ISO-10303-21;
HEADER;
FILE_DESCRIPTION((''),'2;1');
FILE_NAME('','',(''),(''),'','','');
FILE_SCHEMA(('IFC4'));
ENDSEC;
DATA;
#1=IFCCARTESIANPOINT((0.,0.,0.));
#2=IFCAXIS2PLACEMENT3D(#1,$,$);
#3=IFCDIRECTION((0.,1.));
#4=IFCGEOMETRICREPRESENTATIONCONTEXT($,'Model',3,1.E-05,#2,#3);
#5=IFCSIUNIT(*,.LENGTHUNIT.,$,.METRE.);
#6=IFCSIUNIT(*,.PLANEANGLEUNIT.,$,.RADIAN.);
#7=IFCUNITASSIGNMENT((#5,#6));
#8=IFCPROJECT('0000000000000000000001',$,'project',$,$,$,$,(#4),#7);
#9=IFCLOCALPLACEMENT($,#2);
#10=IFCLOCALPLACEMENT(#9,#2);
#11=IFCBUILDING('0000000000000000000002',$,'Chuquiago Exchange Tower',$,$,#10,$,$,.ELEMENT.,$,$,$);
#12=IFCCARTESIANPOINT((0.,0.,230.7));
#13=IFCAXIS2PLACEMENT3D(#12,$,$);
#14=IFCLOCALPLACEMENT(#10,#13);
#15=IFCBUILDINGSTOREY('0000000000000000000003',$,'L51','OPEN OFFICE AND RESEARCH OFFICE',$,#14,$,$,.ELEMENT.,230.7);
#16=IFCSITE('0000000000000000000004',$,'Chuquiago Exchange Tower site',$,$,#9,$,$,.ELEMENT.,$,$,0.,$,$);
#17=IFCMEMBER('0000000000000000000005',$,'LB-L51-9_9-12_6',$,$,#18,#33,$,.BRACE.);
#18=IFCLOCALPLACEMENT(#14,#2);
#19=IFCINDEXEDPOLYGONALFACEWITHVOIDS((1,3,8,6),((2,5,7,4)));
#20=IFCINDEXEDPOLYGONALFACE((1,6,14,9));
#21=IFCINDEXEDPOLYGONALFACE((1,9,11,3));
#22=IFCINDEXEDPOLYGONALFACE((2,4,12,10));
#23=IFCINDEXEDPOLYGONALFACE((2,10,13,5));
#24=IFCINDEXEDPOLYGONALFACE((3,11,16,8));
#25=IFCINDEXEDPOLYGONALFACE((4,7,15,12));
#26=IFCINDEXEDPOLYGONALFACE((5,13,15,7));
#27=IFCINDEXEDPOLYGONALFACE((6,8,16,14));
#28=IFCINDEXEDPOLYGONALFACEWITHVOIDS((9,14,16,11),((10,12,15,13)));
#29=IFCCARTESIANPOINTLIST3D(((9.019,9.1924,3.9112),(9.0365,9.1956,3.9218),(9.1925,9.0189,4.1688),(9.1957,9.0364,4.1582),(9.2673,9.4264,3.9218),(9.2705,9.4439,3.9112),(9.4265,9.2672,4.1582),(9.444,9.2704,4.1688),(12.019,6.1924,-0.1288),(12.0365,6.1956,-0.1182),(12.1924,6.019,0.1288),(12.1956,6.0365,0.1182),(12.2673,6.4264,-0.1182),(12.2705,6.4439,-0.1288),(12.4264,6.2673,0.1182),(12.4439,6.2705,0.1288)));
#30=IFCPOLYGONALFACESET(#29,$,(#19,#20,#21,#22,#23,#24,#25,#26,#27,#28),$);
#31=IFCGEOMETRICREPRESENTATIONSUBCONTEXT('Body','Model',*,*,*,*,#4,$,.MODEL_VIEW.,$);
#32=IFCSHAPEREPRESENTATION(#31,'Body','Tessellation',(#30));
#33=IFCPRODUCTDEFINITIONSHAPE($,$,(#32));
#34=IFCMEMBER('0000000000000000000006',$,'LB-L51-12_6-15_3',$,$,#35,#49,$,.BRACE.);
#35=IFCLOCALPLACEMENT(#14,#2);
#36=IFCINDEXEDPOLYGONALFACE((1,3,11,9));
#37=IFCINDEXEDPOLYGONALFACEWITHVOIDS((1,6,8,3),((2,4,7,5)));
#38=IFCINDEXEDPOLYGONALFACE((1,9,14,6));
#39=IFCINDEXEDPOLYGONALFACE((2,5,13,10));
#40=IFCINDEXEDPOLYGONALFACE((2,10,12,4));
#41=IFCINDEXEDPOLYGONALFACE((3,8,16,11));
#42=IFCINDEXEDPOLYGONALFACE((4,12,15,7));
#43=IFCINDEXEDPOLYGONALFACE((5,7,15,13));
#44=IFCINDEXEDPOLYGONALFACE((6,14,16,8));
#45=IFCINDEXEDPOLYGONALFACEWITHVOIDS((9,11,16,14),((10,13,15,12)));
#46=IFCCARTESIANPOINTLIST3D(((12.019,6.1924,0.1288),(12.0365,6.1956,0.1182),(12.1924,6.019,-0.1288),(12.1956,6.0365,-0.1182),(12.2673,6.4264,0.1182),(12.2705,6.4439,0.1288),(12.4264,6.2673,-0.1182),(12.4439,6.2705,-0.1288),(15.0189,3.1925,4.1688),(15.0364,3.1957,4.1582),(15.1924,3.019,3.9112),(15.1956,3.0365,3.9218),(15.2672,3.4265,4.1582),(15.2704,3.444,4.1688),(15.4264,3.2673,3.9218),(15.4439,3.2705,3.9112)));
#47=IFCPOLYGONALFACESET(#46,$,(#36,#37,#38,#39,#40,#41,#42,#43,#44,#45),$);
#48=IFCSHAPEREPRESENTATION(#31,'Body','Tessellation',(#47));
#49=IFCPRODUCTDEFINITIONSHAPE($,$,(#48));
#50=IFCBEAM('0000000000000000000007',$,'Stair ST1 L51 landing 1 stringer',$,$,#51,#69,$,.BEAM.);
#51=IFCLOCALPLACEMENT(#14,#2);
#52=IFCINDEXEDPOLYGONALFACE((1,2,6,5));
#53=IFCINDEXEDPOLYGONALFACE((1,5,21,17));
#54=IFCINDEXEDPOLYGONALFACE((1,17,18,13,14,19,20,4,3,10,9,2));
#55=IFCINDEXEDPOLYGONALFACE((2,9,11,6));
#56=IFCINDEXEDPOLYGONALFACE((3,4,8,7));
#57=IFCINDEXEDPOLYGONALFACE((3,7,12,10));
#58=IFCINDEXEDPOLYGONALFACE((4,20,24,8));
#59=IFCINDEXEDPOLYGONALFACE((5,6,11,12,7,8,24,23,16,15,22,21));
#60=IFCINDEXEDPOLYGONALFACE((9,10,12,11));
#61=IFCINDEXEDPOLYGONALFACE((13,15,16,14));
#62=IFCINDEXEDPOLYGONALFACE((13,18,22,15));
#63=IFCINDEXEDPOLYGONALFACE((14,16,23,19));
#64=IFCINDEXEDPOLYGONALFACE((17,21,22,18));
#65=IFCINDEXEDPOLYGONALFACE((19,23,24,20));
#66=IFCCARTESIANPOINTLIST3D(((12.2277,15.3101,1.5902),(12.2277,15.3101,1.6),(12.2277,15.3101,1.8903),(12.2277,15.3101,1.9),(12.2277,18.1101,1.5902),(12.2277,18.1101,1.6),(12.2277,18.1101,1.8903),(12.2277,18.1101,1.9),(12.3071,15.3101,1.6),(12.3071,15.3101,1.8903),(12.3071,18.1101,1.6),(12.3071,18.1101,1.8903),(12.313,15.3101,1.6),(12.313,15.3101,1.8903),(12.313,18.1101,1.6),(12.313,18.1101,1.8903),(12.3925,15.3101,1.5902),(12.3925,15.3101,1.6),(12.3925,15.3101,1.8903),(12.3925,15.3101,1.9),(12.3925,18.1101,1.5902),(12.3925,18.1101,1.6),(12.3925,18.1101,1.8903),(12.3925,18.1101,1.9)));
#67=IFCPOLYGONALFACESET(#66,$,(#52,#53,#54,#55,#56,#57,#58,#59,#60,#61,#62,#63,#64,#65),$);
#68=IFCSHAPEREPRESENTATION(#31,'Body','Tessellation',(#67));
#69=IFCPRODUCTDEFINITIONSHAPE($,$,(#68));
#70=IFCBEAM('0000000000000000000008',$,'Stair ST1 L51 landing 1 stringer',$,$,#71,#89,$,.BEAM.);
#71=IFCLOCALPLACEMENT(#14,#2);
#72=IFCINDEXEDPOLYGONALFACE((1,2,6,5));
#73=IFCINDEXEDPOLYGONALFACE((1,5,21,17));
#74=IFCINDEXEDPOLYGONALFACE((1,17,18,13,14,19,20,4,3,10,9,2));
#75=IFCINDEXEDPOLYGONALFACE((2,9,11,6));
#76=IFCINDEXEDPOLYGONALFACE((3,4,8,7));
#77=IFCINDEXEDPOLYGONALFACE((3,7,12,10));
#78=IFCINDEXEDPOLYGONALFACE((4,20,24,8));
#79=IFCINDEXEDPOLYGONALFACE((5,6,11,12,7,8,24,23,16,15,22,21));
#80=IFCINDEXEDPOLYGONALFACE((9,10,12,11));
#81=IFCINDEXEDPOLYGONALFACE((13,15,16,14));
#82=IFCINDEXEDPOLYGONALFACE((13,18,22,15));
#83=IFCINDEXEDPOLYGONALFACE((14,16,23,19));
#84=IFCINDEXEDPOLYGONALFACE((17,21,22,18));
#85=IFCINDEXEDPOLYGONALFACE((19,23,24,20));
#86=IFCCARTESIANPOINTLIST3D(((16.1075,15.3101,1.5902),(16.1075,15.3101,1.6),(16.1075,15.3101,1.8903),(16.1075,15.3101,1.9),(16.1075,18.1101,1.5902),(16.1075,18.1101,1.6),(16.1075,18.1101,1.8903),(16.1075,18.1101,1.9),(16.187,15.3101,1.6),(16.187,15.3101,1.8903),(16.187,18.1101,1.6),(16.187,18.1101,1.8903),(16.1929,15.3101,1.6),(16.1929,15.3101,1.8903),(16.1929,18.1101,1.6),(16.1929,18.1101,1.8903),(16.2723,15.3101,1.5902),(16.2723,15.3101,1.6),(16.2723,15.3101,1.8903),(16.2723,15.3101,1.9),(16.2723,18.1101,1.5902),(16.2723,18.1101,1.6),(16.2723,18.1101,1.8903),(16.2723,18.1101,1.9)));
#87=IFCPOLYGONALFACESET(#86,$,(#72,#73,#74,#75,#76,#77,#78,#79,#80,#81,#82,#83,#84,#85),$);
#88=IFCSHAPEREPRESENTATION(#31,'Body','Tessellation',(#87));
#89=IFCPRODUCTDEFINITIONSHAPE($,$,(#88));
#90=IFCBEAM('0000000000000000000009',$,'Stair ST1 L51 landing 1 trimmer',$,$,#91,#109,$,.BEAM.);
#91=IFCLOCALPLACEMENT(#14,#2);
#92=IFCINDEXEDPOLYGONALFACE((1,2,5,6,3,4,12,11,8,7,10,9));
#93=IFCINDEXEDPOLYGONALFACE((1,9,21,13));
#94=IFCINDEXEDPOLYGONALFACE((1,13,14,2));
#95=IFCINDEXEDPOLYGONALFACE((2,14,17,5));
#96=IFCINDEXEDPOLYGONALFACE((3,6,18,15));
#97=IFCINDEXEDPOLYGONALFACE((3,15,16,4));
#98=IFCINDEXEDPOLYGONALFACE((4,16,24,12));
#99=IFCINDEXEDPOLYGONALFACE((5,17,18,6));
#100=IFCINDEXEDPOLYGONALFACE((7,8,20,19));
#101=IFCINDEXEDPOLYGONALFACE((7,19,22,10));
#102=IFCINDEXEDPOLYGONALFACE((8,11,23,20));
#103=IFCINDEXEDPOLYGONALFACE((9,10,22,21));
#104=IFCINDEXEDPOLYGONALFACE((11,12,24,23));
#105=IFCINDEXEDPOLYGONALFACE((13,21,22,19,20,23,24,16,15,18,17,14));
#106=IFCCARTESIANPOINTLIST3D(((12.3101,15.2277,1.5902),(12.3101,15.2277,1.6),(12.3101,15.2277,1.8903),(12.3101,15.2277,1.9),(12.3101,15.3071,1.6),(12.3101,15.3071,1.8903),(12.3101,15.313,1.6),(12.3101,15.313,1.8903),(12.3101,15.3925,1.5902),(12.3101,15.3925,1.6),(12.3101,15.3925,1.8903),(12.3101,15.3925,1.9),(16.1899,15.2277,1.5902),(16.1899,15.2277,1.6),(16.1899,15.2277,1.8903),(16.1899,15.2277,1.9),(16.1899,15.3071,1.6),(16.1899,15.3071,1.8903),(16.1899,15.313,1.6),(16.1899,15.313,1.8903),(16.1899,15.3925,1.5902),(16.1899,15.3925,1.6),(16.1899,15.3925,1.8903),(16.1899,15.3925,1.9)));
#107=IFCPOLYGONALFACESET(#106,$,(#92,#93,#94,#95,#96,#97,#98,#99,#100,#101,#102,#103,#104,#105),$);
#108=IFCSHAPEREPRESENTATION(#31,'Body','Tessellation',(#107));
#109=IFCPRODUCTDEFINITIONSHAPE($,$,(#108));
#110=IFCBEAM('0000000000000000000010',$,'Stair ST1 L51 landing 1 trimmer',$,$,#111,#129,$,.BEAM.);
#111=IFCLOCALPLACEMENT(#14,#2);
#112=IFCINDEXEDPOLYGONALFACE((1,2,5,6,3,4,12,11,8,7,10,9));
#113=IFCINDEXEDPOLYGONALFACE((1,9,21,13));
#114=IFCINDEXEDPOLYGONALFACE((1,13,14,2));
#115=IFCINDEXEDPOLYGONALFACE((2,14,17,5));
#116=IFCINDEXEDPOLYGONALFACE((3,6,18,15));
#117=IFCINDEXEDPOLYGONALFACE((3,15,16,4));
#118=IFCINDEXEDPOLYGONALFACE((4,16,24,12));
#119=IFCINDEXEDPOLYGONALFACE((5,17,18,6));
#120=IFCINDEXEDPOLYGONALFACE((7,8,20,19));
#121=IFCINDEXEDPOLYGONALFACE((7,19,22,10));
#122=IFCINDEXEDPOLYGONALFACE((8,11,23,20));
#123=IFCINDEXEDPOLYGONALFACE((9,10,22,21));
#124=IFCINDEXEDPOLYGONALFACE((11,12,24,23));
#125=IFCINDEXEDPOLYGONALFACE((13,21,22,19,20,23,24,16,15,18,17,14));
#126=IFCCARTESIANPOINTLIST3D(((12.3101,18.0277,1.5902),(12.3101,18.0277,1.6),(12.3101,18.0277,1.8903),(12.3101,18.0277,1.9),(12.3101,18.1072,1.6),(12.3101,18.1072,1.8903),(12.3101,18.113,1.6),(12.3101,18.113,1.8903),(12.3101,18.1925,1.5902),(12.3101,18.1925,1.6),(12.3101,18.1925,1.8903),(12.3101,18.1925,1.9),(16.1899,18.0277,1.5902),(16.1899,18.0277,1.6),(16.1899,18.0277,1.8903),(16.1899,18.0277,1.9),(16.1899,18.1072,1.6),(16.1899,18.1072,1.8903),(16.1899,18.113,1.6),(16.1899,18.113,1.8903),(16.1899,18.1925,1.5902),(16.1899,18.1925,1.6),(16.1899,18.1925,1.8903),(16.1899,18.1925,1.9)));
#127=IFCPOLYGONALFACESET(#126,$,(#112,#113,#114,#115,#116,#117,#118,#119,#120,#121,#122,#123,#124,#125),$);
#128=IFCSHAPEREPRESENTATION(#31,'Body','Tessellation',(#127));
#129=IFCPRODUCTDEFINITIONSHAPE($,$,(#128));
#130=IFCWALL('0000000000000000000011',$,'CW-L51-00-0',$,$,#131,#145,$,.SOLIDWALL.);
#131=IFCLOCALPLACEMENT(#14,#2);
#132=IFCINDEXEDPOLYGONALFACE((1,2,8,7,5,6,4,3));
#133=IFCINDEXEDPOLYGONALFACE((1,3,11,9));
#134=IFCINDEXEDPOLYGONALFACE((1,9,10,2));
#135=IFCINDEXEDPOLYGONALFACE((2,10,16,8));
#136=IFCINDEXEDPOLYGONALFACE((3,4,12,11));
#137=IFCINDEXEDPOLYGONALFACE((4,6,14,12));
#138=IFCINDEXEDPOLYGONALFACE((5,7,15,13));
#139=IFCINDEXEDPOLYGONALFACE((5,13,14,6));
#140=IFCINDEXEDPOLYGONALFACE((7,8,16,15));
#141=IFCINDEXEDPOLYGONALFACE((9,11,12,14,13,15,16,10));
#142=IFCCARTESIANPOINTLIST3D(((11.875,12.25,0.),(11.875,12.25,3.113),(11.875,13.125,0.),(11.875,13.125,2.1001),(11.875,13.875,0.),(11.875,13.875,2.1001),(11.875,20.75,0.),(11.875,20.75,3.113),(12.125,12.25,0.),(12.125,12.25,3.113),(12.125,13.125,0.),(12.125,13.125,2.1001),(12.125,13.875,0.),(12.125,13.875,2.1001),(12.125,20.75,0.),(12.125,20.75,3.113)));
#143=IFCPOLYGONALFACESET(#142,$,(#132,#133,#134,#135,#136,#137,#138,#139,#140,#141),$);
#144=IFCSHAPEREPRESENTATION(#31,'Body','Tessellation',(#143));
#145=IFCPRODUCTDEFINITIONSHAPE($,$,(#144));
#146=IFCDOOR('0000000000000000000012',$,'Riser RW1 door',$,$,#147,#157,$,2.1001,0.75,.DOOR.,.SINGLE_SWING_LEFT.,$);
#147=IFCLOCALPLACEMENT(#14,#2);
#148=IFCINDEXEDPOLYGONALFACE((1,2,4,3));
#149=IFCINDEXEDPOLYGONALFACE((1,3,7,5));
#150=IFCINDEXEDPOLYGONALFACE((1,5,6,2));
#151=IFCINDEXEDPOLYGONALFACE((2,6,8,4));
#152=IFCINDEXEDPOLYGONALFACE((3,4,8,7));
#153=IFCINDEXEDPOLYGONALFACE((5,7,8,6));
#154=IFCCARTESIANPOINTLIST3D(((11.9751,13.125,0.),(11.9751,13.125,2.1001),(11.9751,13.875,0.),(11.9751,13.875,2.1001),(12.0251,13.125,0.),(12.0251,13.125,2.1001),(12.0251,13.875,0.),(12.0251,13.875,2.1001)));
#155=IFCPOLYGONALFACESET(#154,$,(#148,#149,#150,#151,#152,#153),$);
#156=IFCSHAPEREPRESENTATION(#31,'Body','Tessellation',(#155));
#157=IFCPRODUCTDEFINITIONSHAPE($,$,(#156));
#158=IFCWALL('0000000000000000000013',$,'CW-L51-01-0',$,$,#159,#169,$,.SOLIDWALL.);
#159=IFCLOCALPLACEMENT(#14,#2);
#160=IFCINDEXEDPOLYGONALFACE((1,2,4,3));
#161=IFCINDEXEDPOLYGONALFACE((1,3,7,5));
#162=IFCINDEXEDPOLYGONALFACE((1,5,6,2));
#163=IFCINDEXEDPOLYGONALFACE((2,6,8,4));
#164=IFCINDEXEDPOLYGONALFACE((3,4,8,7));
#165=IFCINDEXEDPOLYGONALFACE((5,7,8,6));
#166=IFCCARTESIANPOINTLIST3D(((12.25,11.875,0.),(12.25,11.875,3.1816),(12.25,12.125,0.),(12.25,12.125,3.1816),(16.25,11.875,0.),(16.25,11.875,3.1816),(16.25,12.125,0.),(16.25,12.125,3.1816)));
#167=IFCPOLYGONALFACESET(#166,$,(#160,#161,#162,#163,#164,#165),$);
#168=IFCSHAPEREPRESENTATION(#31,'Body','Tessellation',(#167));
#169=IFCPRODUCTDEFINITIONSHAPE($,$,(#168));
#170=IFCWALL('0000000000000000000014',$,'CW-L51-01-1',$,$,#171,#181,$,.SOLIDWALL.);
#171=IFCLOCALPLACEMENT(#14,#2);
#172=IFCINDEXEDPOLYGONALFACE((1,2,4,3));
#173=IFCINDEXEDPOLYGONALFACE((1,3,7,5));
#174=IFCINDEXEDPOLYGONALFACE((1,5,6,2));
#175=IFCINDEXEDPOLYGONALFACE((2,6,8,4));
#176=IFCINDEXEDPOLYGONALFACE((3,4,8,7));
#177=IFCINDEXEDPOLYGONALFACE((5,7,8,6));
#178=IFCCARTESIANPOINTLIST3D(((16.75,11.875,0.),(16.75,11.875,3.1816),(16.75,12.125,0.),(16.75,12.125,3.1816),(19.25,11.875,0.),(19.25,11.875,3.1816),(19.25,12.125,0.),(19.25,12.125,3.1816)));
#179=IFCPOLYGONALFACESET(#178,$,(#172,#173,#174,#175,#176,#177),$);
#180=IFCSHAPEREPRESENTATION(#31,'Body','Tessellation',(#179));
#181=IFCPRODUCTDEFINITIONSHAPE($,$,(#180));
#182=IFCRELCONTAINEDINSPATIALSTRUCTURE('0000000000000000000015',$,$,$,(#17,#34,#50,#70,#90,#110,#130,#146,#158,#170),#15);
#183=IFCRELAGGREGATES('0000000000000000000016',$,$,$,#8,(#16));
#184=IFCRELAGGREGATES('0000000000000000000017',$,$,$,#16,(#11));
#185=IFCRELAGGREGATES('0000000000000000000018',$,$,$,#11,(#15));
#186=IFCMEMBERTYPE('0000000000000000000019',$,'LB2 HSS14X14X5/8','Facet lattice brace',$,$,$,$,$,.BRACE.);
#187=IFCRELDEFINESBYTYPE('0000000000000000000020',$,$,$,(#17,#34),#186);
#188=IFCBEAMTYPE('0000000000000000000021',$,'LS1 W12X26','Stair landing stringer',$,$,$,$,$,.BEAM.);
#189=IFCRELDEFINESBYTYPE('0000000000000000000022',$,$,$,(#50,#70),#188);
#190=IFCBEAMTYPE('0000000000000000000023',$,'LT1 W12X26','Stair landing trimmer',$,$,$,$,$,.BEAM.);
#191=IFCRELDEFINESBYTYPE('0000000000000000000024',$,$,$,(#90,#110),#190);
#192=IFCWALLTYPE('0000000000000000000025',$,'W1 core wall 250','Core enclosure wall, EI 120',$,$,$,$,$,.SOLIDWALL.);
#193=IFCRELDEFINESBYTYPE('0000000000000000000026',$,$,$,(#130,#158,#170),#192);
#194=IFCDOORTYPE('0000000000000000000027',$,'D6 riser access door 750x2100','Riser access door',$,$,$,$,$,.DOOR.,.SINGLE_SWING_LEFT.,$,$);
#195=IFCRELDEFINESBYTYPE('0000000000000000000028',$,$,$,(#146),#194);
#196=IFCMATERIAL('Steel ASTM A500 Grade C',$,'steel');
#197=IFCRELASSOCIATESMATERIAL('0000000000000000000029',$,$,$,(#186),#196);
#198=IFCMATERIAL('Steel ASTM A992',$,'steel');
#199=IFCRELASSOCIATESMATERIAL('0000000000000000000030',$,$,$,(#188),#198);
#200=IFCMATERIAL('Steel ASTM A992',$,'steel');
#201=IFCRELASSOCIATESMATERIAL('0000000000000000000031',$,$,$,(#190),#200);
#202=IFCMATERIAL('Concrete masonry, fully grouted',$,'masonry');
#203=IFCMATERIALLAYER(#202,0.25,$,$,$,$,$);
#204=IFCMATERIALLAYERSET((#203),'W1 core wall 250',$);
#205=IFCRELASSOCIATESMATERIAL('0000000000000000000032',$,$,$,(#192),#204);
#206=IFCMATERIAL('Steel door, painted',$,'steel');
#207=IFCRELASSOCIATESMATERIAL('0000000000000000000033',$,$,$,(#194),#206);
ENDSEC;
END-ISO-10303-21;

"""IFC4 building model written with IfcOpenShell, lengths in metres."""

from ifc_helpers import new_model, si_unit, direction, frame, frame_2d, origin, origin_2d, place, context, subcontext, project, spatial, rectangle, hollow_rectangle, i_section, extrude, material, layer, layer_set, material_profile, profile_set, type_object, element, fill, save


model = new_model("IFC4")

# Units and contexts
model_context = context("Model", 3, precision=1e-05, world=origin(), true_north=direction((0.0, 1.0)))
body_context = subcontext(model_context, "Body", "Model", "MODEL_VIEW")
ifc_project = project(units=[si_unit("LENGTHUNIT", "METRE"), si_unit("PLANEANGLEUNIT", "RADIAN")], contexts=[model_context])

# Site, building, storey
site_placement = place(None, origin())
site = spatial("IfcSite", under=ifc_project, at=site_placement, Name="Chuquiago Exchange Tower site", CompositionType="ELEMENT", RefElevation=0.0)
building_placement = place(site_placement, origin())
building = spatial("IfcBuilding", under=site, at=building_placement, Name="Chuquiago Exchange Tower", CompositionType="ELEMENT")
storey_placement = place(building_placement, frame((0.0, 0.0, 230.7)))
storey = spatial("IfcBuildingStorey", under=building, at=storey_placement, Name="L51", Description="OPEN OFFICE AND RESEARCH OFFICE", CompositionType="ELEMENT", Elevation=230.7)

# Members
ifc_material_1 = material(Name="Steel ASTM A500 Grade C", Category="steel")
ifc_material_profile_1 = material_profile(ifc_material_1, hollow_rectangle(XDim=0.3557, YDim=0.3557, WallThickness=0.0146, at=origin_2d()), Name="HSS14X14X5/8")
ifc_profile_set_1 = profile_set([ifc_material_profile_1], Name="Steel ASTM A500 Grade C")
member_type_1 = type_object("IfcMemberType", Name="LB2 HSS14X14X5/8", Description="Facet lattice brace", PredefinedType="BRACE", material=ifc_profile_set_1)
for number, where, z_axis, x_axis, name in (
    (1, (12.2314, 6.2314, 0.0), (-0.512077, 0.512077, 0.689604), (-0.707107, -0.707107, 0.0), "LB-L51-9_9-12_6"),
    (2, (12.2314, 6.2314, 0.0), (0.512077, -0.512077, 0.689604), (0.707107, 0.707107, 0.0), "LB-L51-12_6-15_3"),
):
    element("IfcMember", number, at=place(storey_placement, frame(where, z_axis=z_axis, x_axis=x_axis)), inside=storey, type_object=member_type_1, Name=name, PredefinedType="BRACE", context=body_context, shape_type="SweptSolid", body=[
        extrude(hollow_rectangle(XDim=0.3557, YDim=0.3557, WallThickness=0.0146, at=origin_2d()), origin(), (0.0, 0.0, 1.0), 5.8584),
    ])

# Beams
ifc_material_2 = material(Name="Steel ASTM A992", Category="steel")
ifc_material_profile_2 = material_profile(ifc_material_2, i_section(OverallWidth=0.1648, OverallDepth=0.3098, WebThickness=0.0059, FlangeThickness=0.0098, at=origin_2d()), Name="W12X26")
ifc_profile_set_2 = profile_set([ifc_material_profile_2], Name="Steel ASTM A992")
beam_type_1 = type_object("IfcBeamType", Name="LS1 W12X26", Description="Stair landing stringer", PredefinedType="BEAM", material=ifc_profile_set_2)
for number, where, z_axis, x_axis, name in (
    (3, (12.3101, 15.3101, 1.7451), (0.0, 1.0, 0.0), (-1.0, 0.0, 0.0), "Stair ST1 L51 landing 1 stringer"),
    (4, (16.1899, 15.3101, 1.7451), (0.0, 1.0, 0.0), (-1.0, 0.0, 0.0), "Stair ST1 L51 landing 1 stringer"),
):
    element("IfcBeam", number, at=place(storey_placement, frame(where, z_axis=z_axis, x_axis=x_axis)), inside=storey, type_object=beam_type_1, Name=name, PredefinedType="BEAM", context=body_context, shape_type="SweptSolid", body=[
        extrude(i_section(OverallWidth=0.1648, OverallDepth=0.3098, WebThickness=0.0059, FlangeThickness=0.0098, at=origin_2d()), origin(), (0.0, 0.0, 1.0), 2.8),
    ])
ifc_material_3 = material(Name="Steel ASTM A992", Category="steel")
ifc_material_profile_3 = material_profile(ifc_material_3, i_section(OverallWidth=0.1648, OverallDepth=0.3098, WebThickness=0.0059, FlangeThickness=0.0098, at=origin_2d()), Name="W12X26")
ifc_profile_set_3 = profile_set([ifc_material_profile_3], Name="Steel ASTM A992")
beam_type_2 = type_object("IfcBeamType", Name="LT1 W12X26", Description="Stair landing trimmer", PredefinedType="BEAM", material=ifc_profile_set_3)
for number, where, z_axis, x_axis, name in (
    (5, (12.3101, 15.3101, 1.7451), (1.0, 0.0, 0.0), (0.0, 1.0, 0.0), "Stair ST1 L51 landing 1 trimmer"),
    (6, (12.3101, 18.1101, 1.7451), (1.0, 0.0, 0.0), (0.0, 1.0, 0.0), "Stair ST1 L51 landing 1 trimmer"),
):
    element("IfcBeam", number, at=place(storey_placement, frame(where, z_axis=z_axis, x_axis=x_axis)), inside=storey, type_object=beam_type_2, Name=name, PredefinedType="BEAM", context=body_context, shape_type="SweptSolid", body=[
        extrude(i_section(OverallWidth=0.1648, OverallDepth=0.3098, WebThickness=0.0059, FlangeThickness=0.0098, at=origin_2d()), origin(), (0.0, 0.0, 1.0), 3.8799),
    ])

# Wall, opening, door
ifc_material_4 = material(Name="Concrete masonry, fully grouted", Category="masonry")
ifc_layer_1 = layer(ifc_material_4, 0.25)
ifc_layer_set_1 = layer_set([ifc_layer_1], Name="W1 core wall 250")
wall_type_1 = type_object("IfcWallType", Name="W1 core wall 250", Description="Core enclosure wall, EI 120", PredefinedType="SOLIDWALL", material=ifc_layer_set_1)
wall_1_placement = place(storey_placement, frame((12.0, 12.25, 0.0), z_axis=(0.0, 0.0, 1.0), x_axis=(0.0, 1.0, 0.0)))
wall_1 = element("IfcWall", 7, at=wall_1_placement, inside=storey, type_object=wall_type_1, Name="CW-L51-00-0", PredefinedType="SOLIDWALL", context=body_context, shape_type="SweptSolid", body=[
    extrude(rectangle(XDim=8.5, YDim=0.25, at=frame_2d((4.25, 0.0))), origin(), (0.0, 0.0, 1.0), 3.113),
])
opening_placement = place(wall_1_placement, frame((0.875, 0.0, 0.0)))
opening = element("IfcOpeningElement", 8, at=opening_placement, cuts=wall_1, PredefinedType="OPENING", context=body_context, shape_type="SweptSolid", body=[
    extrude(rectangle(XDim=0.75, YDim=2.1001, at=frame_2d((0.375, 1.05))), frame((0.0, 0.135, 0.0), z_axis=(0.0, -1.0, 0.0), x_axis=(1.0, 0.0, 0.0)), (0.0, 0.0, 1.0), 0.27),
])
ifc_material_5 = material(Name="Steel door, painted", Category="steel")
door_type = type_object("IfcDoorType", Name="D6 riser access door 750x2100", Description="Riser access door", OperationType="SINGLE_SWING_LEFT", PredefinedType="DOOR", material=ifc_material_5)
door_placement = place(opening_placement, origin())
door = element("IfcDoor", 9, at=door_placement, inside=storey, type_object=door_type, Name="Riser RW1 door", OperationType="SINGLE_SWING_LEFT", OverallHeight=2.1001, OverallWidth=0.75, PredefinedType="DOOR", context=body_context, shape_type="SweptSolid", body=[
    extrude(rectangle(XDim=0.75, YDim=2.1001, at=frame_2d((0.375, 1.05))), frame((0.0, 0.0249, 0.0), z_axis=(0.0, -1.0, 0.0), x_axis=(1.0, 0.0, 0.0)), (0.0, 0.0, 1.0), 0.05),
])
fill(opening, door)

# Walls
wall_2_placement = place(storey_placement, frame((12.25, 12.0, 0.0), z_axis=(0.0, 0.0, 1.0), x_axis=(1.0, 0.0, 0.0)))
element("IfcWall", 10, at=wall_2_placement, inside=storey, type_object=wall_type_1, Name="CW-L51-01-0", PredefinedType="SOLIDWALL", context=body_context, shape_type="SweptSolid", body=[
    extrude(rectangle(XDim=4.0, YDim=0.25, at=frame_2d((2.0, 0.0))), origin(), (0.0, 0.0, 1.0), 3.1816),
])
wall_3_placement = place(storey_placement, frame((16.75, 12.0, 0.0), z_axis=(0.0, 0.0, 1.0), x_axis=(1.0, 0.0, 0.0)))
element("IfcWall", 11, at=wall_3_placement, inside=storey, type_object=wall_type_1, Name="CW-L51-01-1", PredefinedType="SOLIDWALL", context=body_context, shape_type="SweptSolid", body=[
    extrude(rectangle(XDim=2.5, YDim=0.25, at=frame_2d((1.25, 0.0))), origin(), (0.0, 0.0, 1.0), 3.1816),
])

save(model, "model.ifc")
